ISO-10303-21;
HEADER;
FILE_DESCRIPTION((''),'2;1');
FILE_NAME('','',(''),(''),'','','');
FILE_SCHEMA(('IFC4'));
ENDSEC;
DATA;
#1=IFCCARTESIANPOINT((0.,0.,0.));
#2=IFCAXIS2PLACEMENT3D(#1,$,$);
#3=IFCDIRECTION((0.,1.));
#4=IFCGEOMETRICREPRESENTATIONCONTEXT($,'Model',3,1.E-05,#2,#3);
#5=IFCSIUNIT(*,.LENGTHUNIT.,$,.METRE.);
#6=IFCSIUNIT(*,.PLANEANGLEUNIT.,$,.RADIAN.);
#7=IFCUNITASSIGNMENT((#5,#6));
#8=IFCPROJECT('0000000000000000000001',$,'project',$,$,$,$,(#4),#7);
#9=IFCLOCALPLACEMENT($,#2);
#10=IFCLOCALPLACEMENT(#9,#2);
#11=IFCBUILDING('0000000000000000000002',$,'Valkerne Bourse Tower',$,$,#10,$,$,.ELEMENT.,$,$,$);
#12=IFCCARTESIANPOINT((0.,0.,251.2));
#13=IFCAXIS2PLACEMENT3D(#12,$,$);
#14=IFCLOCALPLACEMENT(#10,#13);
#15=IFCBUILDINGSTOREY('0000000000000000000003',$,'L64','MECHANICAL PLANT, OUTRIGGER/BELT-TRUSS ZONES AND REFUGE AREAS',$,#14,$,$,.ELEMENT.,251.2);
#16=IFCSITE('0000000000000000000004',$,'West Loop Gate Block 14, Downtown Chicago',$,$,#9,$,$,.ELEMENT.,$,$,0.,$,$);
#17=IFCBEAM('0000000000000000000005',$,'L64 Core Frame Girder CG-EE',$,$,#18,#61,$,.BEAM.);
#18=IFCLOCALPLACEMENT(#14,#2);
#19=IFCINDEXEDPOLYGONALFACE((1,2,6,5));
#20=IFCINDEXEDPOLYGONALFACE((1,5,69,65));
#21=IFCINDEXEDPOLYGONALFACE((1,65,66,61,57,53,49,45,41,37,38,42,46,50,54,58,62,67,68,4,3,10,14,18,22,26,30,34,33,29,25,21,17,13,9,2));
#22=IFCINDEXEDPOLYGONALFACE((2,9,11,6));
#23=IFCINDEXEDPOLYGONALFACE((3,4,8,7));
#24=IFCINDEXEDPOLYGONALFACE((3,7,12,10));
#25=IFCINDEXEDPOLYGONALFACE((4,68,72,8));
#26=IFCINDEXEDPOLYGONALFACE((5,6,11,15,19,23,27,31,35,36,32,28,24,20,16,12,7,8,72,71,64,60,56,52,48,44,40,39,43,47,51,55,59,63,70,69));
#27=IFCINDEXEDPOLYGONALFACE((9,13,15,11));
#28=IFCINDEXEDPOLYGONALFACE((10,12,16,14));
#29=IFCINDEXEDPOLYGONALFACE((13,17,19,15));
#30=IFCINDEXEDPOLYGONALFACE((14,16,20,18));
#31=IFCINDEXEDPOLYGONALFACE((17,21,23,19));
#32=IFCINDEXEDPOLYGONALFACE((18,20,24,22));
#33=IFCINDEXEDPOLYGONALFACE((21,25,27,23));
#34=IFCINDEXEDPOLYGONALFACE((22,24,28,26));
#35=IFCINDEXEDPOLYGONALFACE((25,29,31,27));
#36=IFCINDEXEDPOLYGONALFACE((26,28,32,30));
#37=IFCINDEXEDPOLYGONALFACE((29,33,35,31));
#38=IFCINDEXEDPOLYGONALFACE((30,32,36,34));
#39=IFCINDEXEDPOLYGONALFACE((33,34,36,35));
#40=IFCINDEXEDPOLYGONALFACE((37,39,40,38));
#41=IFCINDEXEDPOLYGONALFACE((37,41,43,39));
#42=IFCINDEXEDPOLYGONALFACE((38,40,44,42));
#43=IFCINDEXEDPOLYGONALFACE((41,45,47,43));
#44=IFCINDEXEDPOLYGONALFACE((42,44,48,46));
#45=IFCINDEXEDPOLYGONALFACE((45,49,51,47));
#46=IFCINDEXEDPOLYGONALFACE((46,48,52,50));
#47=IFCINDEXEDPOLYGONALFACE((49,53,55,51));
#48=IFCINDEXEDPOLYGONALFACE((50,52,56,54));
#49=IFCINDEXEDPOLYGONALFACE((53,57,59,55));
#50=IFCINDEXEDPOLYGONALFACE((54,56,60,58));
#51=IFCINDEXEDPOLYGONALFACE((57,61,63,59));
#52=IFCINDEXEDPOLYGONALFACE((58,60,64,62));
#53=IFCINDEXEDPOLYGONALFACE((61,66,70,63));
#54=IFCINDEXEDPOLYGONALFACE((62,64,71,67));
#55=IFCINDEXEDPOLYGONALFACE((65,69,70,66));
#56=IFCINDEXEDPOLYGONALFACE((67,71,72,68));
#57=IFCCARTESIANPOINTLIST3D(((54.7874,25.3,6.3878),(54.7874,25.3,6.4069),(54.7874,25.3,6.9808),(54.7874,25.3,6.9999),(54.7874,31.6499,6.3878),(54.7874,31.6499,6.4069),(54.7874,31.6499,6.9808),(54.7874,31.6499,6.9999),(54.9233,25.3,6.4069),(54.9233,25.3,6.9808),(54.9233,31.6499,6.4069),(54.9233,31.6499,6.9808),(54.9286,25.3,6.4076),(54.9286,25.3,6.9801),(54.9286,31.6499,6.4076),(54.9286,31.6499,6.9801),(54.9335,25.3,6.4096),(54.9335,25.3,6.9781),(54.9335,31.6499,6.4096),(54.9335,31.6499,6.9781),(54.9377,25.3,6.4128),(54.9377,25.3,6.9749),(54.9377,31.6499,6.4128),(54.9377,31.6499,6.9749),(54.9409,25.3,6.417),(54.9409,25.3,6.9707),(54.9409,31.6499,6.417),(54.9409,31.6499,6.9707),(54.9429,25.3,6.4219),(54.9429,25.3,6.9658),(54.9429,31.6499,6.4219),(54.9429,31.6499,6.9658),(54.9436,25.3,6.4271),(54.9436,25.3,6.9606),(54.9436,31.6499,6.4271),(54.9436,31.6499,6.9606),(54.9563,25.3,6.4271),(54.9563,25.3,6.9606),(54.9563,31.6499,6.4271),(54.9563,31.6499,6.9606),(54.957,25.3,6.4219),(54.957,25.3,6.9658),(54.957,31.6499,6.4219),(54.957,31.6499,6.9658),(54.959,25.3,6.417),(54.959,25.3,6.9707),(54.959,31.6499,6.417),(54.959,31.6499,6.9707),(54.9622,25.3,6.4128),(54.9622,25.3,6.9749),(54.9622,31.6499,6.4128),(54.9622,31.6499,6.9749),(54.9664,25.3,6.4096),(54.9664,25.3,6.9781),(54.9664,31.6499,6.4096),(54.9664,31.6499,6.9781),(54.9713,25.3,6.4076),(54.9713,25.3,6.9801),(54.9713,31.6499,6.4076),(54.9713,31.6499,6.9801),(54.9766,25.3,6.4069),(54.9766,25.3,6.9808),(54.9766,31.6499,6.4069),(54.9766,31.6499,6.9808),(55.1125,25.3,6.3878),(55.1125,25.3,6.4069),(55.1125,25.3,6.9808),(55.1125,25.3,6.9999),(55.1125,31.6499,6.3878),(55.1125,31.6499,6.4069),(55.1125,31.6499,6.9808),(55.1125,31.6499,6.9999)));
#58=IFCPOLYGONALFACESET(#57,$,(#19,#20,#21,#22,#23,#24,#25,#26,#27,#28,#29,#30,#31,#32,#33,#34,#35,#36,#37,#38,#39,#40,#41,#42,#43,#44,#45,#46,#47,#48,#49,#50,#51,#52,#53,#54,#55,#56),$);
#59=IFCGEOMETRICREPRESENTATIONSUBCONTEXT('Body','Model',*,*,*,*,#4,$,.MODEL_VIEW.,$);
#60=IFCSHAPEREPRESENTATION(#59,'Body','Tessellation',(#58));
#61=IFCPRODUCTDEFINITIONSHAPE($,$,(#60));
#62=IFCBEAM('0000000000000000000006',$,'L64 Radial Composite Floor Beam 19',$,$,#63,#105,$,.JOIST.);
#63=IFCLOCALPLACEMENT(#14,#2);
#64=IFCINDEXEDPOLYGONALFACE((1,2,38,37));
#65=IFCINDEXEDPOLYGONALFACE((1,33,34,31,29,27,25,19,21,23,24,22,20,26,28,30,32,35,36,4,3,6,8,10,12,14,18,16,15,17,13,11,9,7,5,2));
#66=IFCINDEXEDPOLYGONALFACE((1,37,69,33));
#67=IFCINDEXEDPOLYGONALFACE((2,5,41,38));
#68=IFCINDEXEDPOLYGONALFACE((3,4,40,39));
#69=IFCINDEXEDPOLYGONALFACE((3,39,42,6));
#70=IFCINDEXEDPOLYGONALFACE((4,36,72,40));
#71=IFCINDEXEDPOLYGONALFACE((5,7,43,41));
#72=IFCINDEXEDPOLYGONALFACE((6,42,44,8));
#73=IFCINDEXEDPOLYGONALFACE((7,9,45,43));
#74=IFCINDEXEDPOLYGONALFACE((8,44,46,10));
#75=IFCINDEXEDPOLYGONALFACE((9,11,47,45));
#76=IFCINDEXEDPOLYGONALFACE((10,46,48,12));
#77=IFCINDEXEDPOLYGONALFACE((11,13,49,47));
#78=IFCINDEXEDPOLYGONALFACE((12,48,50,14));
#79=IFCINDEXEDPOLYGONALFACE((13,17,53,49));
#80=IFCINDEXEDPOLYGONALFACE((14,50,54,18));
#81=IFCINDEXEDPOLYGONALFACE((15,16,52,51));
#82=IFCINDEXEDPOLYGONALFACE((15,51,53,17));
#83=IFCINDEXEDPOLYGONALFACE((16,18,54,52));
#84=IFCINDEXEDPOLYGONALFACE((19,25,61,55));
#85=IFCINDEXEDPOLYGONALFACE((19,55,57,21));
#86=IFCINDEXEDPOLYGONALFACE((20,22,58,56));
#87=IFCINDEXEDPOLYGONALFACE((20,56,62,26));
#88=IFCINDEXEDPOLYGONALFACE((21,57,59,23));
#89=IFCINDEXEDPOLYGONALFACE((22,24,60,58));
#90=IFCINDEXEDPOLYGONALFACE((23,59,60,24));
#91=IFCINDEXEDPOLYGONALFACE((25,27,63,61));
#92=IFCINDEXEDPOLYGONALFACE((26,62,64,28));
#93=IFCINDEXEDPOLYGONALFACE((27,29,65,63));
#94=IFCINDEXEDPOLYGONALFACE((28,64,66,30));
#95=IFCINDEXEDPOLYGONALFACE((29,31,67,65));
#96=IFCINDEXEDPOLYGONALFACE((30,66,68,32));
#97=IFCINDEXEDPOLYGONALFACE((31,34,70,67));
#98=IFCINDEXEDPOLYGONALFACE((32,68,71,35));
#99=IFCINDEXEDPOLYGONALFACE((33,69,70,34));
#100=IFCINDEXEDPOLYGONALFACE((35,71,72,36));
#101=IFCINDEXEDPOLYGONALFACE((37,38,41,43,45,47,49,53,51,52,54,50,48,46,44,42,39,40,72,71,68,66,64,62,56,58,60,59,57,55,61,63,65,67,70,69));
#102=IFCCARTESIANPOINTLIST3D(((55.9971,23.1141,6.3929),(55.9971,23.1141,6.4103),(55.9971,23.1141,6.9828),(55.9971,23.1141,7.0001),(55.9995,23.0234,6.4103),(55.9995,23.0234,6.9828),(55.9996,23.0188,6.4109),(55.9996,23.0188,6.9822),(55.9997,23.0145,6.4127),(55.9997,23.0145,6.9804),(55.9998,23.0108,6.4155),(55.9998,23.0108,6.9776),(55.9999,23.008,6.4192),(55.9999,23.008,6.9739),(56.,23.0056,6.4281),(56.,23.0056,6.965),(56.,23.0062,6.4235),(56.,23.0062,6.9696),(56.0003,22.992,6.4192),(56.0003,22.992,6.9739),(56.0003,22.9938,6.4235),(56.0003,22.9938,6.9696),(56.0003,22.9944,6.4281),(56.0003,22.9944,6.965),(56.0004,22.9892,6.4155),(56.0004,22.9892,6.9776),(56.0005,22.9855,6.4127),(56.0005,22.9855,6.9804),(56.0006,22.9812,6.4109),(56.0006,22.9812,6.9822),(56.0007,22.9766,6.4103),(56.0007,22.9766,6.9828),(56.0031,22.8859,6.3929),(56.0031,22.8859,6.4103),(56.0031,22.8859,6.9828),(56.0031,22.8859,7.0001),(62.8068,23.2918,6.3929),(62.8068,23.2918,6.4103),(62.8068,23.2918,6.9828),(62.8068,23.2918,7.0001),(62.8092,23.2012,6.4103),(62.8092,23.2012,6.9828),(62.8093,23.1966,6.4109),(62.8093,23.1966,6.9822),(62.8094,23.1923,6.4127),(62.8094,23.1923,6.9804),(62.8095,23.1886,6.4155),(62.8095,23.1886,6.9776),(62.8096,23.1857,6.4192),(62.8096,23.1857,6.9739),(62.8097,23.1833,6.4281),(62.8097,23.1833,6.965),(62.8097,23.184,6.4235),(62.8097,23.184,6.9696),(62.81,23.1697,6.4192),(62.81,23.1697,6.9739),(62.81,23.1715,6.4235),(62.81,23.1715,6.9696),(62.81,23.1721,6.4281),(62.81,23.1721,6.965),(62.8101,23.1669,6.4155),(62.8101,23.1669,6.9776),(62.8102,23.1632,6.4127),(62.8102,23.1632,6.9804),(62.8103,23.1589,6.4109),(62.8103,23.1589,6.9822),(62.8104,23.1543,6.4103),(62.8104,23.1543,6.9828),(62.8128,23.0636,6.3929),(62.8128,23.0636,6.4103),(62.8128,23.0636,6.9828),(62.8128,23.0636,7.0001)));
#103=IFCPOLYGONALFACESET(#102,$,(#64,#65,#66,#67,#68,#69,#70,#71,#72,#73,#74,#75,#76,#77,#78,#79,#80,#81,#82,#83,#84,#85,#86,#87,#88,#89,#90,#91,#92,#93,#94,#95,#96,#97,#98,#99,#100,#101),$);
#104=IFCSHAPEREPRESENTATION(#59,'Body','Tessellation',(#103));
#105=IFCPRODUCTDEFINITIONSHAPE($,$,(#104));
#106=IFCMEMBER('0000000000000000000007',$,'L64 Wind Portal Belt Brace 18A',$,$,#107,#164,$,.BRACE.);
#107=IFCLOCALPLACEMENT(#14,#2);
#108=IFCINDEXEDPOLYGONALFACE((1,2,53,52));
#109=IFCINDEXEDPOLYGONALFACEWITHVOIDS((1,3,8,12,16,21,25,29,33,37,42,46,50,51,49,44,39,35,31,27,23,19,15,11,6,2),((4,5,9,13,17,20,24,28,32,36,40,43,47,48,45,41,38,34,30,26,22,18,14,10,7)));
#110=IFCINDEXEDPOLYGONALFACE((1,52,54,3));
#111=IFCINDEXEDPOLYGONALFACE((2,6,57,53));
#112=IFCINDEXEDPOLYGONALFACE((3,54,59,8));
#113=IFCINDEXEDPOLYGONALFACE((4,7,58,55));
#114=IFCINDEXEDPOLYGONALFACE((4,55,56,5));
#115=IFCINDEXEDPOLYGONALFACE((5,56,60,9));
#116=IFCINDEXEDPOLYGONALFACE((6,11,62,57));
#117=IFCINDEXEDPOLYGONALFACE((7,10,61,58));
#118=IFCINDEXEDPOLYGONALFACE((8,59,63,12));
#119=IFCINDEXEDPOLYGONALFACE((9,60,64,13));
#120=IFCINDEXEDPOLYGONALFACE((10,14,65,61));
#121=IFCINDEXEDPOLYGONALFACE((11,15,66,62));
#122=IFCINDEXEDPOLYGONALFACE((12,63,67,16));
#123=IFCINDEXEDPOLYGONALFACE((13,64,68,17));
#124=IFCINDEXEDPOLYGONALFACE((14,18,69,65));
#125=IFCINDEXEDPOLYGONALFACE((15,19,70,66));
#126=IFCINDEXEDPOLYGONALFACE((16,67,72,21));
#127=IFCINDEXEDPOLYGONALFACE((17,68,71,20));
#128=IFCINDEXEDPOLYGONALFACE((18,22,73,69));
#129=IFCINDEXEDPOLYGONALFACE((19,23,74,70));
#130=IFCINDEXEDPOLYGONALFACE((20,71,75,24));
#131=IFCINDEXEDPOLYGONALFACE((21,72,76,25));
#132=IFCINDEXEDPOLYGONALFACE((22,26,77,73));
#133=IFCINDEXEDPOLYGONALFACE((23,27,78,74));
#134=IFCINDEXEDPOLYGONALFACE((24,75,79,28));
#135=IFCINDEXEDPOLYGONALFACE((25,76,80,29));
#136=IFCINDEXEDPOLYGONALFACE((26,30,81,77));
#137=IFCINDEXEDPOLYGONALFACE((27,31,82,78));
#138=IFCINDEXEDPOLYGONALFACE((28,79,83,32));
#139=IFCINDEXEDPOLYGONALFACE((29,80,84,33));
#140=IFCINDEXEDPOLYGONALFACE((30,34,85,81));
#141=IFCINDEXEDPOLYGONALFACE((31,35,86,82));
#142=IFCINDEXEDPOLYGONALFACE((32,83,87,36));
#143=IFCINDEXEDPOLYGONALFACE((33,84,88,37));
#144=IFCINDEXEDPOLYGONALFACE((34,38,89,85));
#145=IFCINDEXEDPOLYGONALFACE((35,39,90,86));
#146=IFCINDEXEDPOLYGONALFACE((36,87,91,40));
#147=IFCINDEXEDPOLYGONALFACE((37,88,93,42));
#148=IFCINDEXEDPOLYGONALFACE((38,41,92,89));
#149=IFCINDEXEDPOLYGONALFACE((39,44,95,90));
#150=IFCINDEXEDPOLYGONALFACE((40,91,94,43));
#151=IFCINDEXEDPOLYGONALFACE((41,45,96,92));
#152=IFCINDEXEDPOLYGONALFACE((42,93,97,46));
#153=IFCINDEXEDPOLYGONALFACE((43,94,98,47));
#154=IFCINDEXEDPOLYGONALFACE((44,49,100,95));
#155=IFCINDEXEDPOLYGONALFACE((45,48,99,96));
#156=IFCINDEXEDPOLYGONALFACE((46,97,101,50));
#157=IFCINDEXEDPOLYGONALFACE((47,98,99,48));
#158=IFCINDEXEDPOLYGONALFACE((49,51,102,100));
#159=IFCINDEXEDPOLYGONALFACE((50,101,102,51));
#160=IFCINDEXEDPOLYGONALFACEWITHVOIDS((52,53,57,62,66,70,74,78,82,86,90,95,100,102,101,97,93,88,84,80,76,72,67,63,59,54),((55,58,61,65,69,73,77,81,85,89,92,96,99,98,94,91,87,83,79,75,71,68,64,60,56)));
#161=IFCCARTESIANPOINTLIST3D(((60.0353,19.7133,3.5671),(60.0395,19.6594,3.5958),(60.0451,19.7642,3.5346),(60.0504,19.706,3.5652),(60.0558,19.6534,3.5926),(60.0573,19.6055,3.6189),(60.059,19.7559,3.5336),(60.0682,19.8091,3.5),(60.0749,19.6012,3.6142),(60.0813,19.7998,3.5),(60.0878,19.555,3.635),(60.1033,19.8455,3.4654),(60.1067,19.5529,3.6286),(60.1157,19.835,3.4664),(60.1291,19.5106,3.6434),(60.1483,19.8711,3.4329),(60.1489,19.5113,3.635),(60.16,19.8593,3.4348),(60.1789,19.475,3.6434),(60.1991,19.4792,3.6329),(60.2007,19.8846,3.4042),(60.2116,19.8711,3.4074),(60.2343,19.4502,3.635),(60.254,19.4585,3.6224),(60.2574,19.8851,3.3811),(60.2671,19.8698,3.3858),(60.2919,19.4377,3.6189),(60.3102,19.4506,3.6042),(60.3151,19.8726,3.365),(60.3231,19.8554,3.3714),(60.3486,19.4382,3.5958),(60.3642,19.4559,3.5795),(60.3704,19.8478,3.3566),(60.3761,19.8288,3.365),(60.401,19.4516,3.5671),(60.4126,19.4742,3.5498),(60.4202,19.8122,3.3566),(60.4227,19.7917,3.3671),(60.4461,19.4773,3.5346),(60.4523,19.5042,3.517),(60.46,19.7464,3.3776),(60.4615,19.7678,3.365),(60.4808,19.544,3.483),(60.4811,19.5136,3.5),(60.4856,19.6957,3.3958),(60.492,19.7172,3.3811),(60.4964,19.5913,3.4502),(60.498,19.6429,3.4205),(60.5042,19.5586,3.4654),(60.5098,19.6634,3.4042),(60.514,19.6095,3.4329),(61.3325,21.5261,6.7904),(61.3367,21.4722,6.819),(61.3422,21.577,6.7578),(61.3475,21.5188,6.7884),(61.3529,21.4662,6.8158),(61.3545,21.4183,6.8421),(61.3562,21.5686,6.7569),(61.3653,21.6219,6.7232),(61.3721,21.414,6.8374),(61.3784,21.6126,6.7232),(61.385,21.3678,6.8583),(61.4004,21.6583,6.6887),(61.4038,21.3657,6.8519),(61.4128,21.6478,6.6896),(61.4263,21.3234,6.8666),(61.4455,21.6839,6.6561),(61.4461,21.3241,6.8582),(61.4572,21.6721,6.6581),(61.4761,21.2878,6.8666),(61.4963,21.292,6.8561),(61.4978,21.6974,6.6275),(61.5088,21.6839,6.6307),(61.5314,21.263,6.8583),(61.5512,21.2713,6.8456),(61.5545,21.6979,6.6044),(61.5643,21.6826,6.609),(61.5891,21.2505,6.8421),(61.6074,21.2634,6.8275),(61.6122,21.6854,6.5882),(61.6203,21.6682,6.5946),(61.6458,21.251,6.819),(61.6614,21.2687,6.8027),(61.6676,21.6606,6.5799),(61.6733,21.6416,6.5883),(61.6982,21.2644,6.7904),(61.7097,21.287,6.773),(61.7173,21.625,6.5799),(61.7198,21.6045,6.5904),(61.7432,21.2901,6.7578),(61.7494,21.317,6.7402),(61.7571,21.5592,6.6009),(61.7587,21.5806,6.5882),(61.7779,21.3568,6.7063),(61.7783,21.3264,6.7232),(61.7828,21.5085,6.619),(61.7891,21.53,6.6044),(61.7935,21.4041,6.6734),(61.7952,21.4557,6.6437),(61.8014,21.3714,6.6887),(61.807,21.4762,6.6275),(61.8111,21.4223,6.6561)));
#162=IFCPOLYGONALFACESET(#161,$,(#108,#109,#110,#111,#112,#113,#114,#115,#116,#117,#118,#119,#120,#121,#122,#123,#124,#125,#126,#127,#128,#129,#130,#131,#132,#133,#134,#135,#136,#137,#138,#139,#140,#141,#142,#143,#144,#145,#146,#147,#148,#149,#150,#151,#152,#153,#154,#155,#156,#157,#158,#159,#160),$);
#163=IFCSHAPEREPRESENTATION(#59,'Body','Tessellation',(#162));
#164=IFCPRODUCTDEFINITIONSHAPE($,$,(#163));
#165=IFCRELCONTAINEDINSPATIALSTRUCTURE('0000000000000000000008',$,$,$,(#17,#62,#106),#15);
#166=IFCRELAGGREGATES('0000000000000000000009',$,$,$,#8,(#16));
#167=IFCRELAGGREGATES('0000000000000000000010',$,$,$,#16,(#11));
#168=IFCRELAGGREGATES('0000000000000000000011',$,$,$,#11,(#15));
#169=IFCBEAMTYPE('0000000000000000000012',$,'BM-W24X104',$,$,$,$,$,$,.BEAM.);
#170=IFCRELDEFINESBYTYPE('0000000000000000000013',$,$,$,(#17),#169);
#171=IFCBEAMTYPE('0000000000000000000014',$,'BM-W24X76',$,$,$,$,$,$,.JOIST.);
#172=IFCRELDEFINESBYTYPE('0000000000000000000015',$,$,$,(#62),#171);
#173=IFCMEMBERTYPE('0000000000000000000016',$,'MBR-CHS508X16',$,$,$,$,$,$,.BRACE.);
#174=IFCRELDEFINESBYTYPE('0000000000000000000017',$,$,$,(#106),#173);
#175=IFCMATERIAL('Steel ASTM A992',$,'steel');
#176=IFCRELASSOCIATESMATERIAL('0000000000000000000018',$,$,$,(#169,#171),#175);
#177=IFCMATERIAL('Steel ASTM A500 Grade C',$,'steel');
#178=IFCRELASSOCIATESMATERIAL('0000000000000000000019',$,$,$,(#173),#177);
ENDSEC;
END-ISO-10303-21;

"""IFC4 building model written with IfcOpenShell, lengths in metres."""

from ifc_helpers import new_model, si_unit, direction, frame, origin, origin_2d, place, context, subcontext, project, spatial, hollow_circle, i_section, extrude, material, material_profile, profile_set, type_object, element, save


model = new_model("IFC4")

# Units and contexts
model_context = context("Model", 3, precision=1e-05, world=origin(), true_north=direction((0.0, 1.0)))
body_context = subcontext(model_context, "Body", "Model", "MODEL_VIEW")
ifc_project = project(units=[si_unit("LENGTHUNIT", "METRE"), si_unit("PLANEANGLEUNIT", "RADIAN")], contexts=[model_context])

# Site, building, storey
site_placement = place(None, origin())
site = spatial("IfcSite", under=ifc_project, at=site_placement, Name="West Loop Gate Block 14, Downtown Chicago", CompositionType="ELEMENT", RefElevation=0.0)
building_placement = place(site_placement, origin())
building = spatial("IfcBuilding", under=site, at=building_placement, Name="Valkerne Bourse Tower", CompositionType="ELEMENT")
storey_placement = place(building_placement, frame((0.0, 0.0, 251.2)))
storey = spatial("IfcBuildingStorey", under=building, at=storey_placement, Name="L64", Description="MECHANICAL PLANT, OUTRIGGER/BELT-TRUSS ZONES AND REFUGE AREAS", CompositionType="ELEMENT", Elevation=251.2)

# Beams
ifc_material_1 = material(Name="Steel ASTM A992", Category="steel")
ifc_material_profile_1 = material_profile(ifc_material_1, i_section(OverallWidth=0.3252, OverallDepth=0.6121, WebThickness=0.0127, FlangeThickness=0.019, FilletRadius=0.0203, at=origin_2d()), Name="W24X104")
ifc_profile_set_1 = profile_set([ifc_material_profile_1], Name="Steel ASTM A992")
beam_type_1 = type_object("IfcBeamType", Name="BM-W24X104", PredefinedType="BEAM", material=ifc_profile_set_1)
beam_1_placement = place(storey_placement, frame((54.95, 25.3, 6.6938), z_axis=(0.0, 1.0, 0.0), x_axis=(-1.0, 0.0, 0.0)))
element("IfcBeam", 1, at=beam_1_placement, inside=storey, type_object=beam_type_1, Name="L64 Core Frame Girder CG-EE", PredefinedType="BEAM", context=body_context, shape_type="SweptSolid", body=[
    extrude(i_section(OverallWidth=0.3252, OverallDepth=0.6121, WebThickness=0.0127, FlangeThickness=0.019, FilletRadius=0.0203, at=origin_2d()), origin(), (0.0, 0.0, 1.0), 6.3499),
])
ifc_material_profile_2 = material_profile(ifc_material_1, i_section(OverallWidth=0.2283, OverallDepth=0.6072, WebThickness=0.0112, FlangeThickness=0.0173, FilletRadius=0.0178, at=origin_2d()), Name="W24X76")
ifc_profile_set_2 = profile_set([ifc_material_profile_2], Name="Steel ASTM A992")
beam_type_2 = type_object("IfcBeamType", Name="BM-W24X76", PredefinedType="JOIST", material=ifc_profile_set_2)
beam_2_placement = place(storey_placement, frame((62.8098, 23.1777, 6.6965), z_axis=(-0.99966, -0.026091, 0.0), x_axis=(0.026091, -0.99966, 0.0)))
element("IfcBeam", 2, at=beam_2_placement, inside=storey, type_object=beam_type_2, Name="L64 Radial Composite Floor Beam 19", PredefinedType="JOIST", context=body_context, shape_type="SweptSolid", body=[
    extrude(i_section(OverallWidth=0.2283, OverallDepth=0.6072, WebThickness=0.0112, FlangeThickness=0.0173, FilletRadius=0.0178, at=origin_2d()), origin(), (0.0, 0.0, 1.0), 6.812),
])

# Member
ifc_material_2 = material(Name="Steel ASTM A500 Grade C", Category="steel")
ifc_material_profile_3 = material_profile(ifc_material_2, hollow_circle(Radius=0.2539, WallThickness=0.0161, at=origin_2d()), Name="CHS508X16")
ifc_profile_set_3 = profile_set([ifc_material_profile_3], Name="Steel ASTM A500 Grade C")
member_type_1 = type_object("IfcMemberType", Name="MBR-CHS508X16", PredefinedType="BRACE", material=ifc_profile_set_3)
member_1_placement = place(storey_placement, frame((60.2747, 19.6614, 3.5), z_axis=(0.330997, 0.462573, 0.822476), x_axis=(-0.813245, 0.581922, 0.0)))
element("IfcMember", 3, at=member_1_placement, inside=storey, type_object=member_type_1, Name="L64 Wind Portal Belt Brace 18A", PredefinedType="BRACE", context=body_context, shape_type="SweptSolid", body=[
    extrude(hollow_circle(Radius=0.2539, WallThickness=0.0161, at=origin_2d()), origin(), (0.0, 0.0, 1.0), 3.9189),
])

save(model, "model.ifc")
